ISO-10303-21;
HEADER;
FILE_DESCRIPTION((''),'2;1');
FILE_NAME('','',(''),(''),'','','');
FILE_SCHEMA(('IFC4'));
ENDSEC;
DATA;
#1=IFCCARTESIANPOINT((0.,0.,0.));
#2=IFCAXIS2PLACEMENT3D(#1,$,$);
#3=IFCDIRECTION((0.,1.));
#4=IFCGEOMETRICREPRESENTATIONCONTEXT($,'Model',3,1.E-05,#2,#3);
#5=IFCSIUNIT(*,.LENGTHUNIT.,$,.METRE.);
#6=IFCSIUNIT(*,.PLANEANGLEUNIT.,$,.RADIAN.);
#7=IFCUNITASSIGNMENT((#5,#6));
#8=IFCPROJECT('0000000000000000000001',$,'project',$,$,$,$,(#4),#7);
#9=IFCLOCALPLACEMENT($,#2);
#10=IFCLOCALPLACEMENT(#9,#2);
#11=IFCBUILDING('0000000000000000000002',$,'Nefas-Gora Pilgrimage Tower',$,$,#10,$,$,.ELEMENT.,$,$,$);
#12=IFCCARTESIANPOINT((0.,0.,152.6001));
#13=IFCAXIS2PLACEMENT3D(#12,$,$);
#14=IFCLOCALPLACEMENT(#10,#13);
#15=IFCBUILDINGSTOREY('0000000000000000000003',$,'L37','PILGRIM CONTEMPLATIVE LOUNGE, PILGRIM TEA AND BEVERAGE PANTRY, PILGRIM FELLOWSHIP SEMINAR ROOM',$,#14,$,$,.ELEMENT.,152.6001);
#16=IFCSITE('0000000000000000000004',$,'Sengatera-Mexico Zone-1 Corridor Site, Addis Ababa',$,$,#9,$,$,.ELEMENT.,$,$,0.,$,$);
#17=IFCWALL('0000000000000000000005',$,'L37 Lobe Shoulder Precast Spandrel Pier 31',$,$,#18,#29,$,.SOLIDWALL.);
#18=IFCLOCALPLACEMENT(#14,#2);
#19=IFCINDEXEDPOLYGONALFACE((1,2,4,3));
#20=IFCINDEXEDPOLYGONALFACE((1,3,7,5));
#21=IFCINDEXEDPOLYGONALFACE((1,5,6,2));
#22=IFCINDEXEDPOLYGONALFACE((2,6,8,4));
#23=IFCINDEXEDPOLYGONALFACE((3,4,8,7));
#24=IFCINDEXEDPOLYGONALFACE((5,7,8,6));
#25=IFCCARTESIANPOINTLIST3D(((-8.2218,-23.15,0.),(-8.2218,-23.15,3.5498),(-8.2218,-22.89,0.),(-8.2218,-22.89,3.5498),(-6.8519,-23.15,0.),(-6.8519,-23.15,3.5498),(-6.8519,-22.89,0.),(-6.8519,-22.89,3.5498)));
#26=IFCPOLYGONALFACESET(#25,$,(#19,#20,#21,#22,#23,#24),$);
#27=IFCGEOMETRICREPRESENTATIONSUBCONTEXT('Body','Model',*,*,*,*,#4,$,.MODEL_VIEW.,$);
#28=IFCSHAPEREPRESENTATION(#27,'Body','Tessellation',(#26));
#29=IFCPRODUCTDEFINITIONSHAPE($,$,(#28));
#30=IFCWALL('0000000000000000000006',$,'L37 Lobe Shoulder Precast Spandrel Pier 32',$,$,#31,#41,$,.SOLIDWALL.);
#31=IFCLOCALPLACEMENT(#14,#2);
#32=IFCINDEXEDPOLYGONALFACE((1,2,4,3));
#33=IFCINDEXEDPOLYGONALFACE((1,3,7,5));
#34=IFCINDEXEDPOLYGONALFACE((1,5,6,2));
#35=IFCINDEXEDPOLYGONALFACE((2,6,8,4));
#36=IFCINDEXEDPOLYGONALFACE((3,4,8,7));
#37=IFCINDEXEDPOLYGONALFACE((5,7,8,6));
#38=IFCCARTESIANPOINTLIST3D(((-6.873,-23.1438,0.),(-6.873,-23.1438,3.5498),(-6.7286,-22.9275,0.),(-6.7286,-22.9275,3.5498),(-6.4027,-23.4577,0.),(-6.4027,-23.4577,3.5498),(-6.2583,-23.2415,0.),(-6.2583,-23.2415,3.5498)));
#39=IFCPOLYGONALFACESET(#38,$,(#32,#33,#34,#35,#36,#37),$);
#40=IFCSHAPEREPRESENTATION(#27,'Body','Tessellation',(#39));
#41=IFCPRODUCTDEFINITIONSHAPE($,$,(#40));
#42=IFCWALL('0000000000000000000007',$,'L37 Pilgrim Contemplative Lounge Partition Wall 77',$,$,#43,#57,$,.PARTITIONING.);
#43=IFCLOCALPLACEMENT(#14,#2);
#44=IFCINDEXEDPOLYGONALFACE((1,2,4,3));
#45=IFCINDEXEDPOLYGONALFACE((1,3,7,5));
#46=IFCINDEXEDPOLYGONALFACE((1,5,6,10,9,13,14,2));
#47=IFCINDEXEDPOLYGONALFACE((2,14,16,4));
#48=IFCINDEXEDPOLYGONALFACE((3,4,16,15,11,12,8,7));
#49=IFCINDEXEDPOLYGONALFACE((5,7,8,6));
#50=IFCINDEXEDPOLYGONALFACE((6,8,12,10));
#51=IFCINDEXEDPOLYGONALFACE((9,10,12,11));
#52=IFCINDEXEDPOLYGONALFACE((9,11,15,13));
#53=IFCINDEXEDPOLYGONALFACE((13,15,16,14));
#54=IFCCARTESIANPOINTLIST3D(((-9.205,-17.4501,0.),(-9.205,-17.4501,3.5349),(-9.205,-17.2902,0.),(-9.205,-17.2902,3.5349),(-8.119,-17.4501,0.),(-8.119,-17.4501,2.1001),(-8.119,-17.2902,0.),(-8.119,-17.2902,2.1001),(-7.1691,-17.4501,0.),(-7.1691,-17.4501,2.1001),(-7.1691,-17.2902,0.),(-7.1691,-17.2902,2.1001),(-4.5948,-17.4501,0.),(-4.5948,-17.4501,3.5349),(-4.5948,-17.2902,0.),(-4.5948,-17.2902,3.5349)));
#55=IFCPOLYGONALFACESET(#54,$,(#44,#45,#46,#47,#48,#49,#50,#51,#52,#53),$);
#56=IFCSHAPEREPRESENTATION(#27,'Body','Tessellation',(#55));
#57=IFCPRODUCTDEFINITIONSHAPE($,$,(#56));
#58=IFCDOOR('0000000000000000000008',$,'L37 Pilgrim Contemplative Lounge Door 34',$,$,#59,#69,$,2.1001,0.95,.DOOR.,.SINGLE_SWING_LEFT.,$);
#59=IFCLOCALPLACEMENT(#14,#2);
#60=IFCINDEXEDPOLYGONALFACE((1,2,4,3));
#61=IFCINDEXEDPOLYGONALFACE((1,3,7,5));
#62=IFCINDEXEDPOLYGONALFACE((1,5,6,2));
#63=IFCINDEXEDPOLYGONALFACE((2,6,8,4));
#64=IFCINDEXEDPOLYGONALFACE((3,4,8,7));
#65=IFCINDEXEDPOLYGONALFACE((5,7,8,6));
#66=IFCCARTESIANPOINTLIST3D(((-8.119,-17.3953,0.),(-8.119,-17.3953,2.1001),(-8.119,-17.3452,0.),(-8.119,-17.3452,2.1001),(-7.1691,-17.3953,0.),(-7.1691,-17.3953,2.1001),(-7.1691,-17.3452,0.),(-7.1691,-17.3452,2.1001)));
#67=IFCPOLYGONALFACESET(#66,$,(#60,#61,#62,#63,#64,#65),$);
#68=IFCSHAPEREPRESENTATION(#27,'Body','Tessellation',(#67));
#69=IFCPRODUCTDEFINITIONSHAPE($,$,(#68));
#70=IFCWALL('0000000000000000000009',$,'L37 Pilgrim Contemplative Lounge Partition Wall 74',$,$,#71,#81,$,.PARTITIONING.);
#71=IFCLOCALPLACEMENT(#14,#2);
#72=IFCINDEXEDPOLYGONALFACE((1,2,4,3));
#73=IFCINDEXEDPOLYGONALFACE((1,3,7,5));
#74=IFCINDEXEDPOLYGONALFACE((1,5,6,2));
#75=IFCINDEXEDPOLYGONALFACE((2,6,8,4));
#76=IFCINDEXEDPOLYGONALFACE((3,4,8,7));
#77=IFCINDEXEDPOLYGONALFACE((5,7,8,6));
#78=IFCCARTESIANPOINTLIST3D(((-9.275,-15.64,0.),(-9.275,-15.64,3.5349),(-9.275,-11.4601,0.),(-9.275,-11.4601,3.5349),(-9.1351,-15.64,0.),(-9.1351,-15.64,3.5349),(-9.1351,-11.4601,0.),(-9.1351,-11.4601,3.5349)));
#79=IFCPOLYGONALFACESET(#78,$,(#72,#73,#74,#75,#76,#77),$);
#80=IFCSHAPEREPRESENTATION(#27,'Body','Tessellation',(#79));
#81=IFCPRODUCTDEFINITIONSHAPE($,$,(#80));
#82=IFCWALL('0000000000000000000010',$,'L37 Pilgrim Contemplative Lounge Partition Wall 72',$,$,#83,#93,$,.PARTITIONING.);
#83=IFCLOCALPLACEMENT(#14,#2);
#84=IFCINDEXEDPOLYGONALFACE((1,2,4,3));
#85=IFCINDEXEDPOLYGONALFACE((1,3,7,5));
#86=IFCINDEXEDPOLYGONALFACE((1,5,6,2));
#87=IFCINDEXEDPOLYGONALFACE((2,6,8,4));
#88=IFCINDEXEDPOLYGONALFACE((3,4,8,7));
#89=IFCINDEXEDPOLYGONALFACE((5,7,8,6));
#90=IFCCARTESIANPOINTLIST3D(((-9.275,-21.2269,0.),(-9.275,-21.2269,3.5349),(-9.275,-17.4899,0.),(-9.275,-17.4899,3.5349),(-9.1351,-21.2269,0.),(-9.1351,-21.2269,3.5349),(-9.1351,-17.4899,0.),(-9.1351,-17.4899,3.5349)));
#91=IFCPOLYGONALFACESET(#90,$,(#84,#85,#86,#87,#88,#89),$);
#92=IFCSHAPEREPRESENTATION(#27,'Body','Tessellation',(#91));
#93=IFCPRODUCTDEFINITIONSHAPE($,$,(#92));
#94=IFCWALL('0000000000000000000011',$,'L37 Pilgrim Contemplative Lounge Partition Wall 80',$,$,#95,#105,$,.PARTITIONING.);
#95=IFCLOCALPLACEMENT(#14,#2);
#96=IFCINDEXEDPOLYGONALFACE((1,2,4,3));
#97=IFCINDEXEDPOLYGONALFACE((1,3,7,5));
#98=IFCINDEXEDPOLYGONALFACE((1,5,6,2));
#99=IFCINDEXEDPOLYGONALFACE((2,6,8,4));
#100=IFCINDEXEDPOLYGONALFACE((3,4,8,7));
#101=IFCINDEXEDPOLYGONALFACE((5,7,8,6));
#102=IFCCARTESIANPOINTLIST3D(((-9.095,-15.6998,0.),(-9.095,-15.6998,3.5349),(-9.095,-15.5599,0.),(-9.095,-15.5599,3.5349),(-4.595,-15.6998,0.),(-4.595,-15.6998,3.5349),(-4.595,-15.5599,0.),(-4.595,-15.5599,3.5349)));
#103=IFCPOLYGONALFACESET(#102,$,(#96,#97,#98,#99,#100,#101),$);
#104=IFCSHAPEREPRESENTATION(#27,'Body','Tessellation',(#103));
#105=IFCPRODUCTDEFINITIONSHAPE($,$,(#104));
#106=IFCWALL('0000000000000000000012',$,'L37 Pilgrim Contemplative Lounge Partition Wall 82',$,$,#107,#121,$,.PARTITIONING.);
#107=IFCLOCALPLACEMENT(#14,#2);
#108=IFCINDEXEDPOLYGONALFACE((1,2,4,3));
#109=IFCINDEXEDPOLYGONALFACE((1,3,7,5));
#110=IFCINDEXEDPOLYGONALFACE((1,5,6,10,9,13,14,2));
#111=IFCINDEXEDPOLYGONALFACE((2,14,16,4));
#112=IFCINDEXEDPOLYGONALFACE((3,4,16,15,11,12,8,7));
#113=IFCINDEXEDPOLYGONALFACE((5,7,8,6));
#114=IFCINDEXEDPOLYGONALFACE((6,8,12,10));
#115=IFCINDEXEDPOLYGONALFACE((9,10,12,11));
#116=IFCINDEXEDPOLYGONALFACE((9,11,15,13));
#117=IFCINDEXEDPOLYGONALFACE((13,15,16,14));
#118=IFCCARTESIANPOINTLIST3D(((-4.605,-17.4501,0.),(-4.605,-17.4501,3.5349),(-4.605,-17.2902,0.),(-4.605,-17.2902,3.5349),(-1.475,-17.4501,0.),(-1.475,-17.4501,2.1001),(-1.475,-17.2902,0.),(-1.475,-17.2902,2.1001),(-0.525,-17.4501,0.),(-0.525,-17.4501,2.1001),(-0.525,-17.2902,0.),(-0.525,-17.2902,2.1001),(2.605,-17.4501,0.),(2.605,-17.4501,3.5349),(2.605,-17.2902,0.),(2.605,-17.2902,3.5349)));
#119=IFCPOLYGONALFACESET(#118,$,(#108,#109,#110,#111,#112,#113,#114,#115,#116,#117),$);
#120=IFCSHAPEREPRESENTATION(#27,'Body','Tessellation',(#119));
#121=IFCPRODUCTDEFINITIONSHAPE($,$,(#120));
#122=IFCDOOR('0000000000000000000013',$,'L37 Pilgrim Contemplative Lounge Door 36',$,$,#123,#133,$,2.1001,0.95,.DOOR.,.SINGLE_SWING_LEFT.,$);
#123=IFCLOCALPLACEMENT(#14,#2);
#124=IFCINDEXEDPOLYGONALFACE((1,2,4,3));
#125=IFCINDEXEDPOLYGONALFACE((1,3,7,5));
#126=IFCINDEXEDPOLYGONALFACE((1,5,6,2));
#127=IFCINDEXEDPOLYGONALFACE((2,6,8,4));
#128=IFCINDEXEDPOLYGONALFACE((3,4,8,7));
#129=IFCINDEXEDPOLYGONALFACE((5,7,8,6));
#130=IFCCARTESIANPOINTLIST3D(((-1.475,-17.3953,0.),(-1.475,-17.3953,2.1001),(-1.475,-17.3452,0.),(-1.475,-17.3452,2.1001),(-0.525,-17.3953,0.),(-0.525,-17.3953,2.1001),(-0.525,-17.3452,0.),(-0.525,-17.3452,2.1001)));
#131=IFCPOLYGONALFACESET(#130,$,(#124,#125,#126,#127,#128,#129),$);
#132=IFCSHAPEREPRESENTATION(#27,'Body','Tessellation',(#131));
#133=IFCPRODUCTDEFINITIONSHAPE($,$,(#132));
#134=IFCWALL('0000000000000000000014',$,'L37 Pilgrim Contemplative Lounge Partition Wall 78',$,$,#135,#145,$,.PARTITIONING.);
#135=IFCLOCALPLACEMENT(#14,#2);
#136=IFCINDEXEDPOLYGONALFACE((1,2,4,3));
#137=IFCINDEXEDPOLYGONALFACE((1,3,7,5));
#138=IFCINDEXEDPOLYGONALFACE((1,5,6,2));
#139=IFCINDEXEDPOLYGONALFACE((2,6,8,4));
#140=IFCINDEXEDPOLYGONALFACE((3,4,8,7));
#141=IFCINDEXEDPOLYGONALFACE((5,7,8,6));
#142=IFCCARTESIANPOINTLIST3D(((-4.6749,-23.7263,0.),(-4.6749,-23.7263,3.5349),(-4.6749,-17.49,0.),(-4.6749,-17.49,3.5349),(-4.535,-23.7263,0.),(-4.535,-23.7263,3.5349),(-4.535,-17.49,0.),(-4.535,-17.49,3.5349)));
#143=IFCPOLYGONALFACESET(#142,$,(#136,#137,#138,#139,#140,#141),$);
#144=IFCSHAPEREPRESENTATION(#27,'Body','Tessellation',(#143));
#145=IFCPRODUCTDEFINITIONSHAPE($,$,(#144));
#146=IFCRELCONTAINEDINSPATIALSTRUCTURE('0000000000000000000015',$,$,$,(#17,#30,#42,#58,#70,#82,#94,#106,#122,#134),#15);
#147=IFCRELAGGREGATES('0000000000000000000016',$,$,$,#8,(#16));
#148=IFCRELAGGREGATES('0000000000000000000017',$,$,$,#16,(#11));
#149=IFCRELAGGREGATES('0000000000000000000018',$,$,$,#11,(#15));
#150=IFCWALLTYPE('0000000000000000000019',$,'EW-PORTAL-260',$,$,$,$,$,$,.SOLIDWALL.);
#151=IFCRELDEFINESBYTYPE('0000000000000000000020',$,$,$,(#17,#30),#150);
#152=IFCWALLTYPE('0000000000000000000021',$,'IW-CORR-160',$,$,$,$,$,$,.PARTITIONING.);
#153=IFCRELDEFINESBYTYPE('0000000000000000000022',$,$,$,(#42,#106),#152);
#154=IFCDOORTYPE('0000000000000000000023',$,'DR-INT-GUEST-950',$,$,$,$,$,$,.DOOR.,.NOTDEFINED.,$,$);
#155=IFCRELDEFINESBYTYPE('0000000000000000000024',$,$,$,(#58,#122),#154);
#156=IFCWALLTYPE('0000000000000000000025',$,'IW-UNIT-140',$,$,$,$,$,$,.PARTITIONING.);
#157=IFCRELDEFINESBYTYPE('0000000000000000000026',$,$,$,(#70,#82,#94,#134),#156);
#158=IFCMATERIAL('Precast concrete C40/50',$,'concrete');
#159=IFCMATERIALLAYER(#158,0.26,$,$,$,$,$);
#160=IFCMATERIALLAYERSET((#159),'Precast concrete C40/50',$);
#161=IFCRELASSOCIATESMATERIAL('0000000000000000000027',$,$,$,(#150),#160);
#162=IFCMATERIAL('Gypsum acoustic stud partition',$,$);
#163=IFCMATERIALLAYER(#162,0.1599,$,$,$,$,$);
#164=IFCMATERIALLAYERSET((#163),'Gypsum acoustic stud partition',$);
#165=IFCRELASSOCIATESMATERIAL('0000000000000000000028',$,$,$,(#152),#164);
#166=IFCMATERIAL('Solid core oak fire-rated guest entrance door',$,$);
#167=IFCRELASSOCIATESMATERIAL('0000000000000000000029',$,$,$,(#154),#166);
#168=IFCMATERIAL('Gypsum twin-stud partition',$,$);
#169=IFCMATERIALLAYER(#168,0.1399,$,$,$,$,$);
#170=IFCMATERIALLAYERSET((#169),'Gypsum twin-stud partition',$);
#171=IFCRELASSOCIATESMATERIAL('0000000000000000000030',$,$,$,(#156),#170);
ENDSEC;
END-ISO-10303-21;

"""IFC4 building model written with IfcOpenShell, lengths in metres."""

from ifc_helpers import new_model, si_unit, direction, frame, frame_2d, origin, place, context, subcontext, project, spatial, rectangle, extrude, source, transform, mapped, material, layer, layer_set, type_object, element, fill, save


model = new_model("IFC4")

# Units and contexts
model_context = context("Model", 3, precision=1e-05, world=origin(), true_north=direction((0.0, 1.0)))
body_context = subcontext(model_context, "Body", "Model", "MODEL_VIEW")
ifc_project = project(units=[si_unit("LENGTHUNIT", "METRE"), si_unit("PLANEANGLEUNIT", "RADIAN")], contexts=[model_context])

# Site, building, storey
site_placement = place(None, origin())
site = spatial("IfcSite", under=ifc_project, at=site_placement, Name="Sengatera-Mexico Zone-1 Corridor Site, Addis Ababa", CompositionType="ELEMENT", RefElevation=0.0)
building_placement = place(site_placement, origin())
building = spatial("IfcBuilding", under=site, at=building_placement, Name="Nefas-Gora Pilgrimage Tower", CompositionType="ELEMENT")
storey_placement = place(building_placement, frame((0.0, 0.0, 152.6001)))
storey = spatial("IfcBuildingStorey", under=building, at=storey_placement, Name="L37", Description="PILGRIM CONTEMPLATIVE LOUNGE, PILGRIM TEA AND BEVERAGE PANTRY, PILGRIM FELLOWSHIP SEMINAR ROOM", CompositionType="ELEMENT", Elevation=152.6001)

# Walls
ifc_material_1 = material(Name="Precast concrete C40/50", Category="concrete")
ifc_layer_1 = layer(ifc_material_1, 0.26)
ifc_layer_set_1 = layer_set([ifc_layer_1], Name="Precast concrete C40/50")
wall_type_1 = type_object("IfcWallType", Name="EW-PORTAL-260", PredefinedType="SOLIDWALL", material=ifc_layer_set_1)
shared_shape_1 = source(origin(), body_context, "Body", "SweptSolid", [
    extrude(rectangle(XDim=1.3699, YDim=0.26, at=frame_2d((0.6851, 0.0))), origin(), (0.0, 0.0, 1.0), 3.5498),
])
wall_1_placement = place(storey_placement, frame((-8.2219, -23.02, 0.0), z_axis=(0.0, 0.0, 1.0), x_axis=(1.0, 0.0, 0.0)))
element("IfcWall", 1, at=wall_1_placement, inside=storey, type_object=wall_type_1, Name="L37 Lobe Shoulder Precast Spandrel Pier 31", PredefinedType="SOLIDWALL", context=body_context, shape_type="MappedRepresentation", body=[
    mapped(shared_shape_1, transform((0.0, 0.0, 0.0), x_axis=(1.0, 0.0, 0.0), y_axis=(0.0, 1.0, 0.0), z_axis=(0.0, 0.0, 1.0), scale=1.0)),
])
shared_shape_2 = source(origin(), body_context, "Body", "SweptSolid", [
    extrude(rectangle(XDim=0.5654, YDim=0.26, at=frame_2d((0.2827, 0.0))), origin(), (0.0, 0.0, 1.0), 3.5498),
])
wall_2_placement = place(storey_placement, frame((-6.8008, -23.0356, 0.0), z_axis=(0.0, 0.0, 1.0), x_axis=(0.831651, -0.555298, 0.0)))
element("IfcWall", 2, at=wall_2_placement, inside=storey, type_object=wall_type_1, Name="L37 Lobe Shoulder Precast Spandrel Pier 32", PredefinedType="SOLIDWALL", context=body_context, shape_type="MappedRepresentation", body=[
    mapped(shared_shape_2, transform((0.0, 0.0, 0.0), x_axis=(1.0, 0.0, 0.0), y_axis=(0.0, 1.0, 0.0), z_axis=(0.0, 0.0, 1.0), scale=1.0)),
])

# Wall, opening, door
ifc_material_2 = material(Name="Gypsum acoustic stud partition")
ifc_layer_2 = layer(ifc_material_2, 0.1599)
ifc_layer_set_2 = layer_set([ifc_layer_2], Name="Gypsum acoustic stud partition")
wall_type_2 = type_object("IfcWallType", Name="IW-CORR-160", PredefinedType="PARTITIONING", material=ifc_layer_set_2)
shared_shape_3 = source(origin(), body_context, "Body", "SweptSolid", [
    extrude(rectangle(XDim=4.6101, YDim=0.1599, at=frame_2d((2.3052, 0.0))), origin(), (0.0, 0.0, 1.0), 3.5349),
])
wall_3_placement = place(storey_placement, frame((-9.2051, -17.3701, 0.0), z_axis=(0.0, 0.0, 1.0), x_axis=(1.0, 0.0, 0.0)))
wall_3 = element("IfcWall", 3, at=wall_3_placement, inside=storey, type_object=wall_type_2, Name="L37 Pilgrim Contemplative Lounge Partition Wall 77", PredefinedType="PARTITIONING", context=body_context, shape_type="MappedRepresentation", body=[
    mapped(shared_shape_3, transform((0.0, 0.0, 0.0), x_axis=(1.0, 0.0, 0.0), y_axis=(0.0, 1.0, 0.0), z_axis=(0.0, 0.0, 1.0), scale=1.0)),
])
opening_1_placement = place(wall_3_placement, frame((1.0859, 0.0, 0.0)))
opening_1 = element("IfcOpeningElement", 4, at=opening_1_placement, cuts=wall_3, PredefinedType="OPENING", context=body_context, shape_type="SweptSolid", body=[
    extrude(rectangle(XDim=0.95, YDim=2.1001, at=frame_2d((0.4751, 1.05))), frame((0.0, 0.0898, 0.0), z_axis=(0.0, -1.0, 0.0), x_axis=(1.0, 0.0, 0.0)), (0.0, 0.0, 1.0), 0.1799),
])
ifc_material_3 = material(Name="Solid core oak fire-rated guest entrance door")
door_type = type_object("IfcDoorType", Name="DR-INT-GUEST-950", OperationType="NOTDEFINED", PredefinedType="DOOR", material=ifc_material_3)
shared_shape_4 = source(origin(), body_context, "Body", "SweptSolid", [
    extrude(rectangle(XDim=0.95, YDim=2.1001, at=frame_2d((0.4751, 1.05))), frame((0.0, 0.0249, 0.0), z_axis=(0.0, -1.0, 0.0), x_axis=(1.0, 0.0, 0.0)), (0.0, 0.0, 1.0), 0.05),
])
door_1_placement = place(opening_1_placement, origin())
door_1 = element("IfcDoor", 5, at=door_1_placement, inside=storey, type_object=door_type, Name="L37 Pilgrim Contemplative Lounge Door 34", OperationType="SINGLE_SWING_LEFT", OverallHeight=2.1001, OverallWidth=0.95, PredefinedType="DOOR", context=body_context, shape_type="MappedRepresentation", body=[
    mapped(shared_shape_4, transform((0.0, 0.0, 0.0), x_axis=(1.0, 0.0, 0.0), y_axis=(0.0, 1.0, 0.0), z_axis=(0.0, 0.0, 1.0), scale=1.0)),
])
fill(opening_1, door_1)

# Walls
ifc_material_4 = material(Name="Gypsum twin-stud partition")
ifc_layer_3 = layer(ifc_material_4, 0.1399)
ifc_layer_set_3 = layer_set([ifc_layer_3], Name="Gypsum twin-stud partition")
wall_type_3 = type_object("IfcWallType", Name="IW-UNIT-140", PredefinedType="PARTITIONING", material=ifc_layer_set_3)
shared_shape_5 = source(origin(), body_context, "Body", "SweptSolid", [
    extrude(rectangle(XDim=4.1799, YDim=0.1399, at=frame_2d((2.0898, 0.0))), origin(), (0.0, 0.0, 1.0), 3.5349),
])
wall_4_placement = place(storey_placement, frame((-9.2051, -15.6399, 0.0), z_axis=(0.0, 0.0, 1.0), x_axis=(0.0, 1.0, 0.0)))
element("IfcWall", 6, at=wall_4_placement, inside=storey, type_object=wall_type_3, Name="L37 Pilgrim Contemplative Lounge Partition Wall 74", PredefinedType="PARTITIONING", context=body_context, shape_type="MappedRepresentation", body=[
    mapped(shared_shape_5, transform((0.0, 0.0, 0.0), x_axis=(1.0, 0.0, 0.0), y_axis=(0.0, 1.0, 0.0), z_axis=(0.0, 0.0, 1.0), scale=1.0)),
])
shared_shape_6 = source(origin(), body_context, "Body", "SweptSolid", [
    extrude(rectangle(XDim=3.7371, YDim=0.1399, at=frame_2d((1.8687, 0.0))), origin(), (0.0, 0.0, 1.0), 3.5349),
])
wall_5_placement = place(storey_placement, frame((-9.2051, -21.2271, 0.0), z_axis=(0.0, 0.0, 1.0), x_axis=(0.0, 1.0, 0.0)))
element("IfcWall", 7, at=wall_5_placement, inside=storey, type_object=wall_type_3, Name="L37 Pilgrim Contemplative Lounge Partition Wall 72", PredefinedType="PARTITIONING", context=body_context, shape_type="MappedRepresentation", body=[
    mapped(shared_shape_6, transform((0.0, 0.0, 0.0), x_axis=(1.0, 0.0, 0.0), y_axis=(0.0, 1.0, 0.0), z_axis=(0.0, 0.0, 1.0), scale=1.0)),
])
shared_shape_7 = source(origin(), body_context, "Body", "SweptSolid", [
    extrude(rectangle(XDim=4.5, YDim=0.1399, at=frame_2d((2.25, 0.0))), origin(), (0.0, 0.0, 1.0), 3.5349),
])
wall_6_placement = place(storey_placement, frame((-9.095, -15.6299, 0.0), z_axis=(0.0, 0.0, 1.0), x_axis=(1.0, 0.0, 0.0)))
element("IfcWall", 8, at=wall_6_placement, inside=storey, type_object=wall_type_3, Name="L37 Pilgrim Contemplative Lounge Partition Wall 80", PredefinedType="PARTITIONING", context=body_context, shape_type="MappedRepresentation", body=[
    mapped(shared_shape_7, transform((0.0, 0.0, 0.0), x_axis=(1.0, 0.0, 0.0), y_axis=(0.0, 1.0, 0.0), z_axis=(0.0, 0.0, 1.0), scale=1.0)),
])

# Wall, opening, door
shared_shape_8 = source(origin(), body_context, "Body", "SweptSolid", [
    extrude(rectangle(XDim=7.21, YDim=0.1599, at=frame_2d((3.605, 0.0))), origin(), (0.0, 0.0, 1.0), 3.5349),
])
wall_7_placement = place(storey_placement, frame((-4.605, -17.3701, 0.0), z_axis=(0.0, 0.0, 1.0), x_axis=(1.0, 0.0, 0.0)))
wall_7 = element("IfcWall", 9, at=wall_7_placement, inside=storey, type_object=wall_type_2, Name="L37 Pilgrim Contemplative Lounge Partition Wall 82", PredefinedType="PARTITIONING", context=body_context, shape_type="MappedRepresentation", body=[
    mapped(shared_shape_8, transform((0.0, 0.0, 0.0), x_axis=(1.0, 0.0, 0.0), y_axis=(0.0, 1.0, 0.0), z_axis=(0.0, 0.0, 1.0), scale=1.0)),
])
opening_2_placement = place(wall_7_placement, frame((3.1299, 0.0, 0.0)))
opening_2 = element("IfcOpeningElement", 10, at=opening_2_placement, cuts=wall_7, PredefinedType="OPENING", context=body_context, shape_type="SweptSolid", body=[
    extrude(rectangle(XDim=0.95, YDim=2.1001, at=frame_2d((0.4751, 1.05))), frame((0.0, 0.0898, 0.0), z_axis=(0.0, -1.0, 0.0), x_axis=(1.0, 0.0, 0.0)), (0.0, 0.0, 1.0), 0.1799),
])
door_2_placement = place(opening_2_placement, origin())
door_2 = element("IfcDoor", 11, at=door_2_placement, inside=storey, type_object=door_type, Name="L37 Pilgrim Contemplative Lounge Door 36", OperationType="SINGLE_SWING_LEFT", OverallHeight=2.1001, OverallWidth=0.95, PredefinedType="DOOR", context=body_context, shape_type="MappedRepresentation", body=[
    mapped(shared_shape_4, transform((0.0, 0.0, 0.0), x_axis=(1.0, 0.0, 0.0), y_axis=(0.0, 1.0, 0.0), z_axis=(0.0, 0.0, 1.0), scale=1.0)),
])
fill(opening_2, door_2)

# Wall
shared_shape_9 = source(origin(), body_context, "Body", "SweptSolid", [
    extrude(rectangle(XDim=6.2363, YDim=0.1399, at=frame_2d((3.1182, 0.0))), origin(), (0.0, 0.0, 1.0), 3.5349),
])
wall_8_placement = place(storey_placement, frame((-4.605, -23.7263, 0.0), z_axis=(0.0, 0.0, 1.0), x_axis=(0.0, 1.0, 0.0)))
element("IfcWall", 12, at=wall_8_placement, inside=storey, type_object=wall_type_3, Name="L37 Pilgrim Contemplative Lounge Partition Wall 78", PredefinedType="PARTITIONING", context=body_context, shape_type="MappedRepresentation", body=[
    mapped(shared_shape_9, transform((0.0, 0.0, 0.0), x_axis=(1.0, 0.0, 0.0), y_axis=(0.0, 1.0, 0.0), z_axis=(0.0, 0.0, 1.0), scale=1.0)),
])

save(model, "model.ifc")
